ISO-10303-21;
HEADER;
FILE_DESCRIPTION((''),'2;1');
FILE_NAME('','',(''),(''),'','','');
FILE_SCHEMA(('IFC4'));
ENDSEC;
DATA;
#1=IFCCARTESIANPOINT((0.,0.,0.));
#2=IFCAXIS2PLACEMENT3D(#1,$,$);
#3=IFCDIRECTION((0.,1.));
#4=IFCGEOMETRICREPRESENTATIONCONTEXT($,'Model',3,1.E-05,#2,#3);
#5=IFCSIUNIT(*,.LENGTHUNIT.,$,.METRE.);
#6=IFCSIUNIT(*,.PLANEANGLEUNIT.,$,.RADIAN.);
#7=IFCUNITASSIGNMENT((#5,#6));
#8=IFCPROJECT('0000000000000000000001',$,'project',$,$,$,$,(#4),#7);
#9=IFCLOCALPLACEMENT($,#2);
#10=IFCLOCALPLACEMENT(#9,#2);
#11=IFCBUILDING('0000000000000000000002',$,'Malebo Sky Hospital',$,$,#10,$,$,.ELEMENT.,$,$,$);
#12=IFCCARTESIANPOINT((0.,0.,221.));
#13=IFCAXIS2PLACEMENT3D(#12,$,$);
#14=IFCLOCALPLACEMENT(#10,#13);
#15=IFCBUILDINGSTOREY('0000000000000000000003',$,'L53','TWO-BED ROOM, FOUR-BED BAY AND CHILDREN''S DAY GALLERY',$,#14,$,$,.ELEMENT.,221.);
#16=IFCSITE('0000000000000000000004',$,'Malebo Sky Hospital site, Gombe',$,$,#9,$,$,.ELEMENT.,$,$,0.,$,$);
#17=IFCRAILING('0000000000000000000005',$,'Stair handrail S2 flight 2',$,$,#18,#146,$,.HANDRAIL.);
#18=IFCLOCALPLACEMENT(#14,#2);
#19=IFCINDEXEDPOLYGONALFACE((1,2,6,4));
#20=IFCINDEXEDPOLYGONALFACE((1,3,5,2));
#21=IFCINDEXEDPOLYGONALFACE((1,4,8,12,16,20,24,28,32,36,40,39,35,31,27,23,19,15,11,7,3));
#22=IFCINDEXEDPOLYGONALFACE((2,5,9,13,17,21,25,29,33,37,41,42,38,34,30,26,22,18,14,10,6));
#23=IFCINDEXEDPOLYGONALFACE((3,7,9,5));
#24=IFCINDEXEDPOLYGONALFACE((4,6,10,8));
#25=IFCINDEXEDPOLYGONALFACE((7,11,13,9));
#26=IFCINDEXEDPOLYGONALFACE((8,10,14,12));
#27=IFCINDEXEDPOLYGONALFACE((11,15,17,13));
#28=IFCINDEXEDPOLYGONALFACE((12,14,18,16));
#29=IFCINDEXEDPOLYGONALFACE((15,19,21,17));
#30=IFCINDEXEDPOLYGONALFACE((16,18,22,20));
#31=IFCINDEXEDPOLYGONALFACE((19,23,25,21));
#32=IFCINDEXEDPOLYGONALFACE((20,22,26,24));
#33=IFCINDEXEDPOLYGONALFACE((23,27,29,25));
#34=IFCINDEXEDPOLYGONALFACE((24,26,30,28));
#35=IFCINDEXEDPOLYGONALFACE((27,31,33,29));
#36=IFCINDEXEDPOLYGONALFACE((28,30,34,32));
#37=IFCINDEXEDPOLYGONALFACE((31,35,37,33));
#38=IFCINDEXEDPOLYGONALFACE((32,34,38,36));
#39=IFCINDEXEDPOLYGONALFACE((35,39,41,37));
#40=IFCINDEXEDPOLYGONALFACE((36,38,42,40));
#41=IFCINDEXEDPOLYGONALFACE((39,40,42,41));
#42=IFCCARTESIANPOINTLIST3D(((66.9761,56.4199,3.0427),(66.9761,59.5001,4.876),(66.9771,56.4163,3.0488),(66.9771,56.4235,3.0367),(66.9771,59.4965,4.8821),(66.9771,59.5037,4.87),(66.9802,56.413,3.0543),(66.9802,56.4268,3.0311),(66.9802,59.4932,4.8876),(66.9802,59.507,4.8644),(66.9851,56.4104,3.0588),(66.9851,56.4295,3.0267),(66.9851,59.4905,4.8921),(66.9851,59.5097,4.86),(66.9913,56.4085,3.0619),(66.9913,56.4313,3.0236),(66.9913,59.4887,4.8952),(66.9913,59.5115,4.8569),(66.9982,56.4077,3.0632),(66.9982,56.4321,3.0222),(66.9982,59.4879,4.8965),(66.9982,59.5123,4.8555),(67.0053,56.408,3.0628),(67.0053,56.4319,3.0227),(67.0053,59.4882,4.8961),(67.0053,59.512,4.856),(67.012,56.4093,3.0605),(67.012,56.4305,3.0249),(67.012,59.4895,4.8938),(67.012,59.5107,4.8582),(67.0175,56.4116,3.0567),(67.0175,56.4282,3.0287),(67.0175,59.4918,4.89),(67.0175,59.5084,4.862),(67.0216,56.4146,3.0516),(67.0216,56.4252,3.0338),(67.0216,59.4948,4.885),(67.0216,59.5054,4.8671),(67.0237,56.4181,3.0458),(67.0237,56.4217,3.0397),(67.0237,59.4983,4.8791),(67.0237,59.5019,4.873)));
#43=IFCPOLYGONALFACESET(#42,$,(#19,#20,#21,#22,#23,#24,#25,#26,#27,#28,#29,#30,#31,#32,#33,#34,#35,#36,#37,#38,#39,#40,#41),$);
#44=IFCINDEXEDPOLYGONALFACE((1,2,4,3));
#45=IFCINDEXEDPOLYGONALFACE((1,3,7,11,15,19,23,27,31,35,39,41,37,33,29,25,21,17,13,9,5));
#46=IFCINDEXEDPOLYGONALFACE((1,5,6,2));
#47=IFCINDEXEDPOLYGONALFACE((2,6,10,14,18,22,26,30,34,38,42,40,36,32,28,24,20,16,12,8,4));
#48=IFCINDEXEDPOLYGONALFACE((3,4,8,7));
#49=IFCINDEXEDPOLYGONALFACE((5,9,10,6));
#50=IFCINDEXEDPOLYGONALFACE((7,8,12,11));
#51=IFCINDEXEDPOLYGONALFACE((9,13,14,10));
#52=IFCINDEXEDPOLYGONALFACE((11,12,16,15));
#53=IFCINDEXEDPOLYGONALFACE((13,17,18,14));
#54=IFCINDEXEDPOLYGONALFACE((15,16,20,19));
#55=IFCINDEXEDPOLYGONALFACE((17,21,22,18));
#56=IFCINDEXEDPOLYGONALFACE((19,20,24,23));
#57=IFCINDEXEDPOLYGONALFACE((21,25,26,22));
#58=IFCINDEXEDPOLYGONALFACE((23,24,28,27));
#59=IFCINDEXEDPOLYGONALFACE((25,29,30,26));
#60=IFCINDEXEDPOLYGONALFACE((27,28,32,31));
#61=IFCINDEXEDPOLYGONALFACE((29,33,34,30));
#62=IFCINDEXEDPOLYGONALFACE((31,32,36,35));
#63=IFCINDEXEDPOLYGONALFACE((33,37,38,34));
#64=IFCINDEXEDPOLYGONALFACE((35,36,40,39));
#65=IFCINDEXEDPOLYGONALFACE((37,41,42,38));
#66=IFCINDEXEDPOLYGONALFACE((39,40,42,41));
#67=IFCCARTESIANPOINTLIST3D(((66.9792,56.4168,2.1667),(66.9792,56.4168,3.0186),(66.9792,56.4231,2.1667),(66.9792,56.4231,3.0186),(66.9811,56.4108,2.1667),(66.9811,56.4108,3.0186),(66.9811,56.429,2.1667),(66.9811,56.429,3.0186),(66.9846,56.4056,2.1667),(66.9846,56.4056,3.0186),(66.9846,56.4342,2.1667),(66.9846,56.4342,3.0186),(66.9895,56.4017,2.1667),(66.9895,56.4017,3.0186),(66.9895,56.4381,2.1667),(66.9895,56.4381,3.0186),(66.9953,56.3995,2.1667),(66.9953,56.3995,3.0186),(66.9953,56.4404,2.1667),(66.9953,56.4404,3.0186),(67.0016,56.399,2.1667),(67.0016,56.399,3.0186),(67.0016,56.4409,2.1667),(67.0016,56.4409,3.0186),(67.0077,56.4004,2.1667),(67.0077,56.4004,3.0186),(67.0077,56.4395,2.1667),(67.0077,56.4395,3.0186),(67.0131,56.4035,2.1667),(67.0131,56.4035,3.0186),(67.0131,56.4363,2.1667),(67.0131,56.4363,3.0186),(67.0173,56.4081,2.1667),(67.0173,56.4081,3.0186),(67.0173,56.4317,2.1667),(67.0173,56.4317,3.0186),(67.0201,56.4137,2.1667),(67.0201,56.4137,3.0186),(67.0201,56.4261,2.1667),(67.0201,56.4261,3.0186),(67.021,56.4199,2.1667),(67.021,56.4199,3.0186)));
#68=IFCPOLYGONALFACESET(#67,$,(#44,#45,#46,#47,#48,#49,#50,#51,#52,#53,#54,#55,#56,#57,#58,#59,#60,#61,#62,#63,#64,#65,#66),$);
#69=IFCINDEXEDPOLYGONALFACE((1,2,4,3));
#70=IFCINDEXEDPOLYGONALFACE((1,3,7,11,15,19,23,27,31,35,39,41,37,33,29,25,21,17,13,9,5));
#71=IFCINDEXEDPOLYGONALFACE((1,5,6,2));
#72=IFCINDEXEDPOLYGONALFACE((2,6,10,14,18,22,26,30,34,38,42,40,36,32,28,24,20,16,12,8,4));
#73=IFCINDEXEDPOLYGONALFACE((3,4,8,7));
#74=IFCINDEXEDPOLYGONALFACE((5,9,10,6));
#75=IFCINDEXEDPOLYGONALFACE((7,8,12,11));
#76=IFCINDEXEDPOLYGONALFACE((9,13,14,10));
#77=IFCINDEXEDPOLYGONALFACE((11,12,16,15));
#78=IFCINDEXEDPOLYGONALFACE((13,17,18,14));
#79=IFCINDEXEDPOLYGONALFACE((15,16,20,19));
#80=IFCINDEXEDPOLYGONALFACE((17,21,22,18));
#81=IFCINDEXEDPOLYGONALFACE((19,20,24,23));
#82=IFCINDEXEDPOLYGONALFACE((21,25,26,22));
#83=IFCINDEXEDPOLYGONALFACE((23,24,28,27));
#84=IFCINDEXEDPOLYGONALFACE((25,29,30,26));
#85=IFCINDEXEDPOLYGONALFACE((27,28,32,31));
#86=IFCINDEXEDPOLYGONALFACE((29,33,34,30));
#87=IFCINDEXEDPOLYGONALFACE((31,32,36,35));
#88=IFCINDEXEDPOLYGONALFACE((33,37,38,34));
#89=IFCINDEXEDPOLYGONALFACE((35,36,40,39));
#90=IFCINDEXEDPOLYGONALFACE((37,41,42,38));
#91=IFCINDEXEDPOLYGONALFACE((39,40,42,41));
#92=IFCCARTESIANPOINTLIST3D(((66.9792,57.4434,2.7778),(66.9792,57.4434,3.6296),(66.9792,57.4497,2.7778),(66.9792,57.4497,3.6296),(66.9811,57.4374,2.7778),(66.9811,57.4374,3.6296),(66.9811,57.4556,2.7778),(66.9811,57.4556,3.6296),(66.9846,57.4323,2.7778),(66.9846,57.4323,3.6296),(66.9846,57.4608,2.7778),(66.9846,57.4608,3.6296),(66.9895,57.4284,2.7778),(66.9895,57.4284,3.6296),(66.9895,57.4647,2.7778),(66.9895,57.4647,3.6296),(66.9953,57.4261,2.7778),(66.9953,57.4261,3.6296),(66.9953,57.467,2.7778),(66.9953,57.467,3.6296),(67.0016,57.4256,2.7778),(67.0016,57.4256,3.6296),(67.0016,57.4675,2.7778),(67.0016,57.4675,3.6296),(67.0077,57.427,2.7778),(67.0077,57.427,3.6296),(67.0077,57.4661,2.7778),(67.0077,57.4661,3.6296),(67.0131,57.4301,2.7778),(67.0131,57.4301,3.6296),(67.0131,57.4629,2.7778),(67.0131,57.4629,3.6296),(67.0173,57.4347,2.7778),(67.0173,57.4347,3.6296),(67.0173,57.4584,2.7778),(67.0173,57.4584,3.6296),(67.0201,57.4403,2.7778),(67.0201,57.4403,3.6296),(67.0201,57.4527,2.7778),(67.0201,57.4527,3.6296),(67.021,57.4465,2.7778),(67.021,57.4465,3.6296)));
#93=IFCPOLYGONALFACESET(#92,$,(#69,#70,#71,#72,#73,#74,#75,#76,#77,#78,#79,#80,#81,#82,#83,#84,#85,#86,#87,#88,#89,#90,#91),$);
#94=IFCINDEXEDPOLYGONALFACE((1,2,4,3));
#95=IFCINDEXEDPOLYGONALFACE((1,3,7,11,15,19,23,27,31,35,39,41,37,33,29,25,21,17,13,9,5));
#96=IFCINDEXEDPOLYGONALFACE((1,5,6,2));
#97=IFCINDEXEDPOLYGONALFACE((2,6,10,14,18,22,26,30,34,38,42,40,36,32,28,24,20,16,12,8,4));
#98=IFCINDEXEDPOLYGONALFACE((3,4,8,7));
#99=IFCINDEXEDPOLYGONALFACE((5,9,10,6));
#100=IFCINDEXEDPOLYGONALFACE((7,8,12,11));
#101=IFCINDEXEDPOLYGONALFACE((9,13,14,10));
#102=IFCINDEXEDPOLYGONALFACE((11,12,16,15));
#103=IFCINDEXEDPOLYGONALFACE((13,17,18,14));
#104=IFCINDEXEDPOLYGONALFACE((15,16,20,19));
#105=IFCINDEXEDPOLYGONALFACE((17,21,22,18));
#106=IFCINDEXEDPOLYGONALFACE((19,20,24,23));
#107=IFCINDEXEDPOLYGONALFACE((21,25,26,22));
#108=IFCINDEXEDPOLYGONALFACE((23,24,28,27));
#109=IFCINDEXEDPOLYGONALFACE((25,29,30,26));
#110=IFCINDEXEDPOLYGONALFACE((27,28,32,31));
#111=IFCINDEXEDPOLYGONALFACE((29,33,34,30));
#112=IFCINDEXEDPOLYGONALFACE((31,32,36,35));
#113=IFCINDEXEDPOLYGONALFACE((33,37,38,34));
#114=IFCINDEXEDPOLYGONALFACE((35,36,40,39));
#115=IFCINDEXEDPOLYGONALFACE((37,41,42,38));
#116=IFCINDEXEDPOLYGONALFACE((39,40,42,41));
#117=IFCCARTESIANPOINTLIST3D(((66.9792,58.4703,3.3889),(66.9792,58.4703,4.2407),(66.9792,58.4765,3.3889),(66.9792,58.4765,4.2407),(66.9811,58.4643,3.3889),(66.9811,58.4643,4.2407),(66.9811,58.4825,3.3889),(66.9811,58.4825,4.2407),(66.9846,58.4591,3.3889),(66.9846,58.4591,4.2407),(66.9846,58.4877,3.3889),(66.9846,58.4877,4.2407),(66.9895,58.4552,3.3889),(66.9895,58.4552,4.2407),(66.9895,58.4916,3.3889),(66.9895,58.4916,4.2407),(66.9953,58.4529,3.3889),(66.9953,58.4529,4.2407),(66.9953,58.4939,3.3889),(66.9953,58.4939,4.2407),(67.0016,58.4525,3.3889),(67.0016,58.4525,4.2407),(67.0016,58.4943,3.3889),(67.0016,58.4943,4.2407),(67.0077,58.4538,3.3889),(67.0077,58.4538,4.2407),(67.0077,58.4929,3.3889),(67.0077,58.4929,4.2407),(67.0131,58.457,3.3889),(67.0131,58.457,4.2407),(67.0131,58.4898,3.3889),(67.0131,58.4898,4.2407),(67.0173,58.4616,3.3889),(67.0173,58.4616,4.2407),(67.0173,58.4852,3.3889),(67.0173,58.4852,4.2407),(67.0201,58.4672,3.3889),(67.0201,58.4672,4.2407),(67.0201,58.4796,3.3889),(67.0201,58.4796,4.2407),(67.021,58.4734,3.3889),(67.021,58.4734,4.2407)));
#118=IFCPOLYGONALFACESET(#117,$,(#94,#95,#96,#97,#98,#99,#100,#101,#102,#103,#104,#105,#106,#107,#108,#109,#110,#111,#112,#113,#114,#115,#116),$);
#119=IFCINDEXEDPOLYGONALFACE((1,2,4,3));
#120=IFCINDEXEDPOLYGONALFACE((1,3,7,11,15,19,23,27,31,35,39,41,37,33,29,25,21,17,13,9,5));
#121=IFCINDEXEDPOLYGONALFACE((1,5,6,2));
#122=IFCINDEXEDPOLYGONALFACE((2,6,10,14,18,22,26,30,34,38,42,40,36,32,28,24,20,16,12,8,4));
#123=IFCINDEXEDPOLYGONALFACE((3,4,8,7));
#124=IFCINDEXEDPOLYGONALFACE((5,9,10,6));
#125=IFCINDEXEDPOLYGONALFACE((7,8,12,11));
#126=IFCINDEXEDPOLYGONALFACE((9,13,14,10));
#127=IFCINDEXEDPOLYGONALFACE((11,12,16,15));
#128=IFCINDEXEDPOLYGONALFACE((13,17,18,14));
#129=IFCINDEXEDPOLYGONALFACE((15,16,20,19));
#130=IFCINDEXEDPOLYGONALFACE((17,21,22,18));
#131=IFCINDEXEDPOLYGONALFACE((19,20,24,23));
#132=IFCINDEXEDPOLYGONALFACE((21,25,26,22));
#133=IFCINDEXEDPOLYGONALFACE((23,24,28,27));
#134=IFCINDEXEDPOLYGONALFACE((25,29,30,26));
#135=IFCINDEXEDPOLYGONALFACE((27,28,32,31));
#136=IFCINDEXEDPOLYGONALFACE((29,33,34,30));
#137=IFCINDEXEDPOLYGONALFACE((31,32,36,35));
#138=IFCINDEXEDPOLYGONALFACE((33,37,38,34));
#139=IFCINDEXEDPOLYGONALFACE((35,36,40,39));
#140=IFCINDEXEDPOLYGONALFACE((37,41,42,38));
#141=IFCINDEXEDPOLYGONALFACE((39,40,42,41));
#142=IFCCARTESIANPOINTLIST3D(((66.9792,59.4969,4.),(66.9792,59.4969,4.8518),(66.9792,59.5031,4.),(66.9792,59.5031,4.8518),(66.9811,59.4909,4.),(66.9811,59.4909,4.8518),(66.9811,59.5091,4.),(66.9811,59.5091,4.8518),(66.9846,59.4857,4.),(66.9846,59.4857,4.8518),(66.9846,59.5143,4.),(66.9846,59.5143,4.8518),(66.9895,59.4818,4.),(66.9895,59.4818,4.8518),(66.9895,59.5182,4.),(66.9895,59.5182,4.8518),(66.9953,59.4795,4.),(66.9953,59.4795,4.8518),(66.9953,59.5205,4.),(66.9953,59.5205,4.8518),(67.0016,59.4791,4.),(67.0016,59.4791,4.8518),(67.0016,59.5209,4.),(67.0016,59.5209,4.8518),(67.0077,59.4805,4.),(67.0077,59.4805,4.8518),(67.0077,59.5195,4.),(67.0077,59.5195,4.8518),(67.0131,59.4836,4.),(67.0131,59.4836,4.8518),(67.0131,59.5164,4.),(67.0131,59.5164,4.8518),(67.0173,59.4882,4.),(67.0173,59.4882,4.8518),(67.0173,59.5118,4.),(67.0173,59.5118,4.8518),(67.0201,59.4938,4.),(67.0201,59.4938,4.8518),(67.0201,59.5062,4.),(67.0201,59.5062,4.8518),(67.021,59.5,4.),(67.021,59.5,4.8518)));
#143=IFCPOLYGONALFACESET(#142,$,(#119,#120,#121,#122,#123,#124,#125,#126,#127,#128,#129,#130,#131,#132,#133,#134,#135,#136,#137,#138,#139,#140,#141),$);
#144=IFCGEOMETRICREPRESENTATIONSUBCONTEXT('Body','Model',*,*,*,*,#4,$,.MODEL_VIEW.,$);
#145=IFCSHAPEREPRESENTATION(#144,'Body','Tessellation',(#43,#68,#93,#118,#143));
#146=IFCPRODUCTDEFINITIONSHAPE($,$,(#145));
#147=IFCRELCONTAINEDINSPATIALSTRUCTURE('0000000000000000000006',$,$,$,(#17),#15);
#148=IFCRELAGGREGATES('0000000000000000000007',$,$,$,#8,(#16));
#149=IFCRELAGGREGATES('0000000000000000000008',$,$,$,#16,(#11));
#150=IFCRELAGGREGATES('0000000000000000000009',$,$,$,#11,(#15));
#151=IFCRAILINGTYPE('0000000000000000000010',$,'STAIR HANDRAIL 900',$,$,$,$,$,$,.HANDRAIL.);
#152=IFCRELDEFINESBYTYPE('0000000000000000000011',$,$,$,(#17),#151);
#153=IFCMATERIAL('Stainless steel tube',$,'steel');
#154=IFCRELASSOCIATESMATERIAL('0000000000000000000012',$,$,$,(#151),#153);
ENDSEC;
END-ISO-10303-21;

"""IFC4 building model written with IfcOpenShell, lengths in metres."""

from ifc_helpers import new_model, si_unit, direction, frame, origin, origin_2d, place, context, subcontext, project, spatial, circle, extrude, material, type_object, element, save


model = new_model("IFC4")

# Units and contexts
model_context = context("Model", 3, precision=1e-05, world=origin(), true_north=direction((0.0, 1.0)))
body_context = subcontext(model_context, "Body", "Model", "MODEL_VIEW")
ifc_project = project(units=[si_unit("LENGTHUNIT", "METRE"), si_unit("PLANEANGLEUNIT", "RADIAN")], contexts=[model_context])

# Site, building, storey
site_placement = place(None, origin())
site = spatial("IfcSite", under=ifc_project, at=site_placement, Name="Malebo Sky Hospital site, Gombe", CompositionType="ELEMENT", RefElevation=0.0)
building_placement = place(site_placement, origin())
building = spatial("IfcBuilding", under=site, at=building_placement, Name="Malebo Sky Hospital", CompositionType="ELEMENT")
storey_placement = place(building_placement, frame((0.0, 0.0, 221.0)))
storey = spatial("IfcBuildingStorey", under=building, at=storey_placement, Name="L53", Description="TWO-BED ROOM, FOUR-BED BAY AND CHILDREN'S DAY GALLERY", CompositionType="ELEMENT", Elevation=221.0)

# Railing
ifc_material_1 = material(Name="Stainless steel tube", Category="steel")
railing_type = type_object("IfcRailingType", Name="STAIR HANDRAIL 900", PredefinedType="HANDRAIL", material=ifc_material_1)
railing_1_placement = place(storey_placement, frame((67.0, 56.4199, 2.1667)))
element("IfcRailing", 1, at=railing_1_placement, inside=storey, type_object=railing_type, Name="Stair handrail S2 flight 2", PredefinedType="HANDRAIL", context=body_context, shape_type="SweptSolid", body=[
    extrude(circle(Radius=0.0239, at=origin_2d()), frame((0.0, 0.0, 0.876), z_axis=(0.0, 0.859309, 0.511458), x_axis=(-1.0, 0.0, 0.0)), (0.0, 0.0, 1.0), 3.5845),
    extrude(circle(Radius=0.021, at=origin_2d()), origin(), (0.0, 0.0, 1.0), 0.8518),
    extrude(circle(Radius=0.021, at=origin_2d()), frame((0.0, 1.0266, 0.6111)), (0.0, 0.0, 1.0), 0.8518),
    extrude(circle(Radius=0.021, at=origin_2d()), frame((0.0, 2.0535, 1.2222)), (0.0, 0.0, 1.0), 0.8518),
    extrude(circle(Radius=0.021, at=origin_2d()), frame((0.0, 3.0801, 1.8333)), (0.0, 0.0, 1.0), 0.8518),
])

save(model, "model.ifc")
